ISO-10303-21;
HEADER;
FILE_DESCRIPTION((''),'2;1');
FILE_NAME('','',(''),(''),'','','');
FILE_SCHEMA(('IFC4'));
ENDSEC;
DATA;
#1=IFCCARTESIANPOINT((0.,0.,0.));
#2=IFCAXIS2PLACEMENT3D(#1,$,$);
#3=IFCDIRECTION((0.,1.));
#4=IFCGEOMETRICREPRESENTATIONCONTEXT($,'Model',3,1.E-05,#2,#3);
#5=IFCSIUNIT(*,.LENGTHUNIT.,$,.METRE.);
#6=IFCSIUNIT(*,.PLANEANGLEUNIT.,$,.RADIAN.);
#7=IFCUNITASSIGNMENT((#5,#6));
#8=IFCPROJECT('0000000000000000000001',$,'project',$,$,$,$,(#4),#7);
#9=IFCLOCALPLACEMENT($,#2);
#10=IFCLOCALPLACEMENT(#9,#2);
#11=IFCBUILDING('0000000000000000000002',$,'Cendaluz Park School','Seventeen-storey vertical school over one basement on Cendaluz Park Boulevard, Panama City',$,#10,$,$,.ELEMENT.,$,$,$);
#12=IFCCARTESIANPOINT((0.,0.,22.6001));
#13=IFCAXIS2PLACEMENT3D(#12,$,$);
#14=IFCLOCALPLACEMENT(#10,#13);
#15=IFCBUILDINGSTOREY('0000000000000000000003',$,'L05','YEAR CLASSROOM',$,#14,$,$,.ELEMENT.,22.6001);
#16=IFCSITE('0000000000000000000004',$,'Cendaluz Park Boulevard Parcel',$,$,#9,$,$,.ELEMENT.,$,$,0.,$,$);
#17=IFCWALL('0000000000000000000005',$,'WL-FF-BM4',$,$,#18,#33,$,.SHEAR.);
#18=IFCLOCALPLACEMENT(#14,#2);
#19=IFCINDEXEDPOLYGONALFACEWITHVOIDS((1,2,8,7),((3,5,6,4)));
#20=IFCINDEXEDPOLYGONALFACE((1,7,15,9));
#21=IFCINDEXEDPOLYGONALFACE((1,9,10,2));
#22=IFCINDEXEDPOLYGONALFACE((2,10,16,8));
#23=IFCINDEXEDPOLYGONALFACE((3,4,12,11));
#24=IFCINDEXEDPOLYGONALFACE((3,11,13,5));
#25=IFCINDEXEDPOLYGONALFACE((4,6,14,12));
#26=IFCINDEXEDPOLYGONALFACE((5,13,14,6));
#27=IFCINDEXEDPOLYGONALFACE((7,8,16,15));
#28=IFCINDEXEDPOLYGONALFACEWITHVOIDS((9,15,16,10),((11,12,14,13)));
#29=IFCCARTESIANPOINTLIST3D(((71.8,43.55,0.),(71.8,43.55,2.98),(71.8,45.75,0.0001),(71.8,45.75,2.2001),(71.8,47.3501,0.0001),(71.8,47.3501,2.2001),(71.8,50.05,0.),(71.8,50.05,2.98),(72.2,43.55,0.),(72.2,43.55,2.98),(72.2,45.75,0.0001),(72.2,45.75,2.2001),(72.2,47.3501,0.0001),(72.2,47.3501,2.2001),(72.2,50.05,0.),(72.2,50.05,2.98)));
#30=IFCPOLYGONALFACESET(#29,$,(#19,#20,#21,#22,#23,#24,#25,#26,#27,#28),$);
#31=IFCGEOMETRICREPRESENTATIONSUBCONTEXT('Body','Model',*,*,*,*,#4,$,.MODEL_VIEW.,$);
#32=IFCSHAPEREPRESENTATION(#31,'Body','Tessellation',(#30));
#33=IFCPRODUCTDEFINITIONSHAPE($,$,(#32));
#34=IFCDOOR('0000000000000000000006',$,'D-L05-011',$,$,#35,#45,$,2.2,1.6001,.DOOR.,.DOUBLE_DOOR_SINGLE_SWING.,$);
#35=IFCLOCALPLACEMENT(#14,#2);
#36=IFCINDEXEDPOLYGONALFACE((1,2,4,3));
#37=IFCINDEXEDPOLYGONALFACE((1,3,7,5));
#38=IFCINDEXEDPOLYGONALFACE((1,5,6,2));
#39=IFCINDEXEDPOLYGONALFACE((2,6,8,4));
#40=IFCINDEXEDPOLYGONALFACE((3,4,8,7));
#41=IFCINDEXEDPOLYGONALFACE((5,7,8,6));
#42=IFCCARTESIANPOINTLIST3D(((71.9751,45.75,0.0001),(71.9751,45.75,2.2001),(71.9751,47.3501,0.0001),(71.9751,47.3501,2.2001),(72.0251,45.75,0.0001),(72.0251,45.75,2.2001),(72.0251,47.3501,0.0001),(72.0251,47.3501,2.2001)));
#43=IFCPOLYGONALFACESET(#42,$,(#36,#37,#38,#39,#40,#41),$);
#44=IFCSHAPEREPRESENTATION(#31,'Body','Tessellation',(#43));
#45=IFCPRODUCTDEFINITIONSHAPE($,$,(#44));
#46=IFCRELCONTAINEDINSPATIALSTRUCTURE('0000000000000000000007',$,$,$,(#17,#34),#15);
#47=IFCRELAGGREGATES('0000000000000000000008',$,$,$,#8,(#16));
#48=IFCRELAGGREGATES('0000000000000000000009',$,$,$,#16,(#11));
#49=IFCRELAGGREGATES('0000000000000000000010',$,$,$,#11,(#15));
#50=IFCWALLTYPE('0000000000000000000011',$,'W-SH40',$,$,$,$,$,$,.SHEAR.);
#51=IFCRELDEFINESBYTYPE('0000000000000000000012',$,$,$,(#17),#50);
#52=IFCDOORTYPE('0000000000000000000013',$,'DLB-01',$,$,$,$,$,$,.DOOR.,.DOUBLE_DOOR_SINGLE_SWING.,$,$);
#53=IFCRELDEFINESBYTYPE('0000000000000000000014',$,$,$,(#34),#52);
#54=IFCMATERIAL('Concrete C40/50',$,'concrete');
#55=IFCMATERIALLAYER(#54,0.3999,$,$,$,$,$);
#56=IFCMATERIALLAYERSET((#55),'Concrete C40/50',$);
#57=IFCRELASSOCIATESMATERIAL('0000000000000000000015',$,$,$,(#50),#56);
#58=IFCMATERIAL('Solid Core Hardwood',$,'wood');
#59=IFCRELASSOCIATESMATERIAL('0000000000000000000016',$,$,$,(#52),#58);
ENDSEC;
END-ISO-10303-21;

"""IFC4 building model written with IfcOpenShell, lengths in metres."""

from ifc_helpers import new_model, si_unit, direction, frame, frame_2d, origin, place, context, subcontext, project, spatial, rectangle, extrude, material, layer, layer_set, type_object, element, fill, save


model = new_model("IFC4")

# Units and contexts
model_context = context("Model", 3, precision=1e-05, world=origin(), true_north=direction((0.0, 1.0)))
body_context = subcontext(model_context, "Body", "Model", "MODEL_VIEW")
ifc_project = project(units=[si_unit("LENGTHUNIT", "METRE"), si_unit("PLANEANGLEUNIT", "RADIAN")], contexts=[model_context])

# Site, building, storey
site_placement = place(None, origin())
site = spatial("IfcSite", under=ifc_project, at=site_placement, Name="Cendaluz Park Boulevard Parcel", CompositionType="ELEMENT", RefElevation=0.0)
building_placement = place(site_placement, origin())
building = spatial("IfcBuilding", under=site, at=building_placement, Name="Cendaluz Park School", Description="Seventeen-storey vertical school over one basement on Cendaluz Park Boulevard, Panama City", CompositionType="ELEMENT")
storey_placement = place(building_placement, frame((0.0, 0.0, 22.6001)))
storey = spatial("IfcBuildingStorey", under=building, at=storey_placement, Name="L05", Description="YEAR CLASSROOM", CompositionType="ELEMENT", Elevation=22.6001)

# Shared definitions
ifc_material_1 = material(Name="Concrete C40/50", Category="concrete")

# Shared definitions
ifc_material_2 = material(Name="Solid Core Hardwood", Category="wood")

# Wall, opening, door
ifc_layer_1 = layer(ifc_material_1, 0.3999)
ifc_layer_set_1 = layer_set([ifc_layer_1], Name="Concrete C40/50")
wall_type_1 = type_object("IfcWallType", Name="W-SH40", PredefinedType="SHEAR", material=ifc_layer_set_1)
wall_1_placement = place(storey_placement, frame((72.0, 43.55, 0.0), z_axis=(0.0, 0.0, 1.0), x_axis=(0.0, 1.0, 0.0)))
wall_1 = element("IfcWall", 1, at=wall_1_placement, inside=storey, type_object=wall_type_1, Name="WL-FF-BM4", PredefinedType="SHEAR", context=body_context, shape_type="SweptSolid", body=[
    extrude(rectangle(XDim=6.5, YDim=0.3999, at=frame_2d((3.25, 0.0))), origin(), (0.0, 0.0, 1.0), 2.98),
])
opening_1_placement = place(wall_1_placement, frame((2.2, 0.0, 0.0)))
opening_1 = element("IfcOpeningElement", 2, at=opening_1_placement, cuts=wall_1, PredefinedType="OPENING", context=body_context, shape_type="SweptSolid", body=[
    extrude(rectangle(XDim=1.6001, YDim=2.2, at=frame_2d((0.8, 1.1001))), frame((0.0, 0.2119, 0.0), z_axis=(0.0, -1.0, 0.0), x_axis=(1.0, 0.0, 0.0)), (0.0, 0.0, 1.0), 0.4238),
])
door_type_1 = type_object("IfcDoorType", Name="DLB-01", OperationType="DOUBLE_DOOR_SINGLE_SWING", PredefinedType="DOOR", material=ifc_material_2)
door_1_placement = place(opening_1_placement, origin())
door_1 = element("IfcDoor", 3, at=door_1_placement, inside=storey, type_object=door_type_1, Name="D-L05-011", OperationType="DOUBLE_DOOR_SINGLE_SWING", OverallHeight=2.2, OverallWidth=1.6001, PredefinedType="DOOR", context=body_context, shape_type="SweptSolid", body=[
    extrude(rectangle(XDim=1.6001, YDim=2.2, at=frame_2d((0.8, 1.1001))), frame((0.0, 0.0249, 0.0), z_axis=(0.0, -1.0, 0.0), x_axis=(1.0, 0.0, 0.0)), (0.0, 0.0, 1.0), 0.05),
])
fill(opening_1, door_1)

save(model, "model.ifc")
